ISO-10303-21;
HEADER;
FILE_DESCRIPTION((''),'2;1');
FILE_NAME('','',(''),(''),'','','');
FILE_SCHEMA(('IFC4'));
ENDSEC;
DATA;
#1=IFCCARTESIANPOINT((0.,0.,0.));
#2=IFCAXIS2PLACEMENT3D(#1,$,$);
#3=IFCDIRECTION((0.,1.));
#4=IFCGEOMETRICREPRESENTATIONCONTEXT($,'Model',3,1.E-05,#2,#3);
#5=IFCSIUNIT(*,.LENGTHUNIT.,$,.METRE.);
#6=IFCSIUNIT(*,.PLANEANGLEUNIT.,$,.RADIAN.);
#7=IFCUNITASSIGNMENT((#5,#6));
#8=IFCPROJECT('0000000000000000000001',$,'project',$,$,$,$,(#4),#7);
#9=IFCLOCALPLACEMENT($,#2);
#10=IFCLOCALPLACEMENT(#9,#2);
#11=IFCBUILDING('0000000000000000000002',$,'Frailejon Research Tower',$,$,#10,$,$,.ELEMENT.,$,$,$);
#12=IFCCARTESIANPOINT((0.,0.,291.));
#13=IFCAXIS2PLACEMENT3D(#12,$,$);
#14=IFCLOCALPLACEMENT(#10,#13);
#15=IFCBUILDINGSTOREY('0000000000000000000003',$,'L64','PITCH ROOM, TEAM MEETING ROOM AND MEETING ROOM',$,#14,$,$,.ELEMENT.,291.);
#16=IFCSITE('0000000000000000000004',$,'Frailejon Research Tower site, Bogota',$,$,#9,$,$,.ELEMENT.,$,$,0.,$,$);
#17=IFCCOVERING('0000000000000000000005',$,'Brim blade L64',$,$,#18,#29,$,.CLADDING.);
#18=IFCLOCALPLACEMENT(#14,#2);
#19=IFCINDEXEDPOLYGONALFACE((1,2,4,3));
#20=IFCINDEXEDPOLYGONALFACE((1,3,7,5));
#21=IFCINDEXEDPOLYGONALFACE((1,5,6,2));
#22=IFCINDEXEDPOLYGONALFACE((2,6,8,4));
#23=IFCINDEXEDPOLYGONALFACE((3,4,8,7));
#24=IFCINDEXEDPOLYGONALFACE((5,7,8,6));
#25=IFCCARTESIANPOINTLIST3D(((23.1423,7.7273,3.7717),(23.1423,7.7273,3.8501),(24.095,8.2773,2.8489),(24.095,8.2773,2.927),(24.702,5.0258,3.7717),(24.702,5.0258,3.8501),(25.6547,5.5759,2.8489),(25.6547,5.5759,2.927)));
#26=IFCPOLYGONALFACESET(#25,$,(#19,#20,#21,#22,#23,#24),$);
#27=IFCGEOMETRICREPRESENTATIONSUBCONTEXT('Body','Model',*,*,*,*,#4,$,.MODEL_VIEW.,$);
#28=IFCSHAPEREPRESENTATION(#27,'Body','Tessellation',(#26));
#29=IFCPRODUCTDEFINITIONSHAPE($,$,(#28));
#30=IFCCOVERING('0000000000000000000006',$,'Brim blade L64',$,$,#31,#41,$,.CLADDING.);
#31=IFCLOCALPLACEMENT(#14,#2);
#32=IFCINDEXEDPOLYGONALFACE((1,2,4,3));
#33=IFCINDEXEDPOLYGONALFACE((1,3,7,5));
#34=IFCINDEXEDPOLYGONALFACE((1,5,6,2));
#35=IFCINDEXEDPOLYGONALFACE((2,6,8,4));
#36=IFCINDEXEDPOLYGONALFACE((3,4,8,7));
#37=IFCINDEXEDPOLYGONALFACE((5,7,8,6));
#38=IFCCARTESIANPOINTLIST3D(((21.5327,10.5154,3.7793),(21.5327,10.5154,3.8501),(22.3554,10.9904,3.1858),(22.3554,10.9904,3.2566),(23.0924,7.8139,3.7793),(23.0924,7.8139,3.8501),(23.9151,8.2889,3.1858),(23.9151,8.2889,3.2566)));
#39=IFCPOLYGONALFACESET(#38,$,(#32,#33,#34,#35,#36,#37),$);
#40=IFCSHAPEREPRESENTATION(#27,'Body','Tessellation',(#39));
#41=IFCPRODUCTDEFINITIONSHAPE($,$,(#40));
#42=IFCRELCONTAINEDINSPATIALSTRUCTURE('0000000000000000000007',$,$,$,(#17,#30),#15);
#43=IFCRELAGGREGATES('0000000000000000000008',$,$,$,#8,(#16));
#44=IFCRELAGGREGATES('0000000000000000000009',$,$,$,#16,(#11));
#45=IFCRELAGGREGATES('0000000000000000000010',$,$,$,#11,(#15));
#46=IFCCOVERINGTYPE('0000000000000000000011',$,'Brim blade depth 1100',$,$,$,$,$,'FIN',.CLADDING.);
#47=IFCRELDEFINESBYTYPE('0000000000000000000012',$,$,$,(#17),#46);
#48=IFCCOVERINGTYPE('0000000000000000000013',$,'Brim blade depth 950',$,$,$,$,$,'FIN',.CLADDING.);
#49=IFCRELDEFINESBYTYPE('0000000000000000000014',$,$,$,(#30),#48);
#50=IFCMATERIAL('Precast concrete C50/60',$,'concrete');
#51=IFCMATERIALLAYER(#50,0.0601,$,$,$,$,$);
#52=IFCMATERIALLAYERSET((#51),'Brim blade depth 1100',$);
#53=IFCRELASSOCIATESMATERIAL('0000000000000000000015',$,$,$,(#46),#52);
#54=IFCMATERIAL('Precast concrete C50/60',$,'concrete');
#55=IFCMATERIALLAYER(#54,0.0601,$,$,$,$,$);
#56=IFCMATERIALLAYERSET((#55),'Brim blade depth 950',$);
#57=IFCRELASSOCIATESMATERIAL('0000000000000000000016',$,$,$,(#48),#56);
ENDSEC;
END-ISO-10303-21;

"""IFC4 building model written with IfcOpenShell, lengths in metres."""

from ifc_helpers import new_model, si_unit, direction, frame, origin, place, context, subcontext, project, spatial, polyline, outline, extrude, material, layer, layer_set, type_object, element, save


model = new_model("IFC4")

# Units and contexts
model_context = context("Model", 3, precision=1e-05, world=origin(), true_north=direction((0.0, 1.0)))
body_context = subcontext(model_context, "Body", "Model", "MODEL_VIEW")
ifc_project = project(units=[si_unit("LENGTHUNIT", "METRE"), si_unit("PLANEANGLEUNIT", "RADIAN")], contexts=[model_context])

# Site, building, storey
site_placement = place(None, origin())
site = spatial("IfcSite", under=ifc_project, at=site_placement, Name="Frailejon Research Tower site, Bogota", CompositionType="ELEMENT", RefElevation=0.0)
building_placement = place(site_placement, origin())
building = spatial("IfcBuilding", under=site, at=building_placement, Name="Frailejon Research Tower", CompositionType="ELEMENT")
storey_placement = place(building_placement, frame((0.0, 0.0, 291.0)))
storey = spatial("IfcBuildingStorey", under=building, at=storey_placement, Name="L64", Description="PITCH ROOM, TEAM MEETING ROOM AND MEETING ROOM", CompositionType="ELEMENT", Elevation=291.0)

# Coverings
ifc_material_1 = material(Name="Precast concrete C50/60", Category="concrete")
ifc_layer_1 = layer(ifc_material_1, 0.0601)
ifc_layer_set_1 = layer_set([ifc_layer_1], Name="Brim blade depth 1100")
covering_type_1 = type_object("IfcCoveringType", Name="Brim blade depth 1100", ElementType="FIN", PredefinedType="CLADDING", material=ifc_layer_set_1)
covering_1_placement = place(storey_placement, frame((23.1423, 7.7273, 3.8501), z_axis=(0.499998, -0.866027, 0.0), x_axis=(0.866027, 0.499998, 0.0)))
element("IfcCovering", 1, at=covering_1_placement, inside=storey, type_object=covering_type_1, Name="Brim blade L64", PredefinedType="CLADDING", context=body_context, shape_type="SweptSolid", body=[
    extrude(outline(polyline([(0.0, -0.0784), (1.1001, -1.0012), (1.1001, -0.9231), (0.0, 0.0), (0.0, -0.0784)])), origin(), (0.0, 0.0, 1.0), 3.1194),
])
ifc_material_2 = material(Name="Precast concrete C50/60", Category="concrete")
ifc_layer_2 = layer(ifc_material_2, 0.0601)
ifc_layer_set_2 = layer_set([ifc_layer_2], Name="Brim blade depth 950")
covering_type_2 = type_object("IfcCoveringType", Name="Brim blade depth 950", ElementType="FIN", PredefinedType="CLADDING", material=ifc_layer_set_2)
covering_2_placement = place(storey_placement, frame((21.5327, 10.5154, 3.8501), z_axis=(0.499998, -0.866027, 0.0), x_axis=(0.866027, 0.499998, 0.0)))
element("IfcCovering", 2, at=covering_2_placement, inside=storey, type_object=covering_type_2, Name="Brim blade L64", PredefinedType="CLADDING", context=body_context, shape_type="SweptSolid", body=[
    extrude(outline(polyline([(0.0, -0.0708), (0.95, -0.6643), (0.95, -0.5935), (0.0, 0.0), (0.0, -0.0708)])), origin(), (0.0, 0.0, 1.0), 3.1194),
])

save(model, "model.ifc")
